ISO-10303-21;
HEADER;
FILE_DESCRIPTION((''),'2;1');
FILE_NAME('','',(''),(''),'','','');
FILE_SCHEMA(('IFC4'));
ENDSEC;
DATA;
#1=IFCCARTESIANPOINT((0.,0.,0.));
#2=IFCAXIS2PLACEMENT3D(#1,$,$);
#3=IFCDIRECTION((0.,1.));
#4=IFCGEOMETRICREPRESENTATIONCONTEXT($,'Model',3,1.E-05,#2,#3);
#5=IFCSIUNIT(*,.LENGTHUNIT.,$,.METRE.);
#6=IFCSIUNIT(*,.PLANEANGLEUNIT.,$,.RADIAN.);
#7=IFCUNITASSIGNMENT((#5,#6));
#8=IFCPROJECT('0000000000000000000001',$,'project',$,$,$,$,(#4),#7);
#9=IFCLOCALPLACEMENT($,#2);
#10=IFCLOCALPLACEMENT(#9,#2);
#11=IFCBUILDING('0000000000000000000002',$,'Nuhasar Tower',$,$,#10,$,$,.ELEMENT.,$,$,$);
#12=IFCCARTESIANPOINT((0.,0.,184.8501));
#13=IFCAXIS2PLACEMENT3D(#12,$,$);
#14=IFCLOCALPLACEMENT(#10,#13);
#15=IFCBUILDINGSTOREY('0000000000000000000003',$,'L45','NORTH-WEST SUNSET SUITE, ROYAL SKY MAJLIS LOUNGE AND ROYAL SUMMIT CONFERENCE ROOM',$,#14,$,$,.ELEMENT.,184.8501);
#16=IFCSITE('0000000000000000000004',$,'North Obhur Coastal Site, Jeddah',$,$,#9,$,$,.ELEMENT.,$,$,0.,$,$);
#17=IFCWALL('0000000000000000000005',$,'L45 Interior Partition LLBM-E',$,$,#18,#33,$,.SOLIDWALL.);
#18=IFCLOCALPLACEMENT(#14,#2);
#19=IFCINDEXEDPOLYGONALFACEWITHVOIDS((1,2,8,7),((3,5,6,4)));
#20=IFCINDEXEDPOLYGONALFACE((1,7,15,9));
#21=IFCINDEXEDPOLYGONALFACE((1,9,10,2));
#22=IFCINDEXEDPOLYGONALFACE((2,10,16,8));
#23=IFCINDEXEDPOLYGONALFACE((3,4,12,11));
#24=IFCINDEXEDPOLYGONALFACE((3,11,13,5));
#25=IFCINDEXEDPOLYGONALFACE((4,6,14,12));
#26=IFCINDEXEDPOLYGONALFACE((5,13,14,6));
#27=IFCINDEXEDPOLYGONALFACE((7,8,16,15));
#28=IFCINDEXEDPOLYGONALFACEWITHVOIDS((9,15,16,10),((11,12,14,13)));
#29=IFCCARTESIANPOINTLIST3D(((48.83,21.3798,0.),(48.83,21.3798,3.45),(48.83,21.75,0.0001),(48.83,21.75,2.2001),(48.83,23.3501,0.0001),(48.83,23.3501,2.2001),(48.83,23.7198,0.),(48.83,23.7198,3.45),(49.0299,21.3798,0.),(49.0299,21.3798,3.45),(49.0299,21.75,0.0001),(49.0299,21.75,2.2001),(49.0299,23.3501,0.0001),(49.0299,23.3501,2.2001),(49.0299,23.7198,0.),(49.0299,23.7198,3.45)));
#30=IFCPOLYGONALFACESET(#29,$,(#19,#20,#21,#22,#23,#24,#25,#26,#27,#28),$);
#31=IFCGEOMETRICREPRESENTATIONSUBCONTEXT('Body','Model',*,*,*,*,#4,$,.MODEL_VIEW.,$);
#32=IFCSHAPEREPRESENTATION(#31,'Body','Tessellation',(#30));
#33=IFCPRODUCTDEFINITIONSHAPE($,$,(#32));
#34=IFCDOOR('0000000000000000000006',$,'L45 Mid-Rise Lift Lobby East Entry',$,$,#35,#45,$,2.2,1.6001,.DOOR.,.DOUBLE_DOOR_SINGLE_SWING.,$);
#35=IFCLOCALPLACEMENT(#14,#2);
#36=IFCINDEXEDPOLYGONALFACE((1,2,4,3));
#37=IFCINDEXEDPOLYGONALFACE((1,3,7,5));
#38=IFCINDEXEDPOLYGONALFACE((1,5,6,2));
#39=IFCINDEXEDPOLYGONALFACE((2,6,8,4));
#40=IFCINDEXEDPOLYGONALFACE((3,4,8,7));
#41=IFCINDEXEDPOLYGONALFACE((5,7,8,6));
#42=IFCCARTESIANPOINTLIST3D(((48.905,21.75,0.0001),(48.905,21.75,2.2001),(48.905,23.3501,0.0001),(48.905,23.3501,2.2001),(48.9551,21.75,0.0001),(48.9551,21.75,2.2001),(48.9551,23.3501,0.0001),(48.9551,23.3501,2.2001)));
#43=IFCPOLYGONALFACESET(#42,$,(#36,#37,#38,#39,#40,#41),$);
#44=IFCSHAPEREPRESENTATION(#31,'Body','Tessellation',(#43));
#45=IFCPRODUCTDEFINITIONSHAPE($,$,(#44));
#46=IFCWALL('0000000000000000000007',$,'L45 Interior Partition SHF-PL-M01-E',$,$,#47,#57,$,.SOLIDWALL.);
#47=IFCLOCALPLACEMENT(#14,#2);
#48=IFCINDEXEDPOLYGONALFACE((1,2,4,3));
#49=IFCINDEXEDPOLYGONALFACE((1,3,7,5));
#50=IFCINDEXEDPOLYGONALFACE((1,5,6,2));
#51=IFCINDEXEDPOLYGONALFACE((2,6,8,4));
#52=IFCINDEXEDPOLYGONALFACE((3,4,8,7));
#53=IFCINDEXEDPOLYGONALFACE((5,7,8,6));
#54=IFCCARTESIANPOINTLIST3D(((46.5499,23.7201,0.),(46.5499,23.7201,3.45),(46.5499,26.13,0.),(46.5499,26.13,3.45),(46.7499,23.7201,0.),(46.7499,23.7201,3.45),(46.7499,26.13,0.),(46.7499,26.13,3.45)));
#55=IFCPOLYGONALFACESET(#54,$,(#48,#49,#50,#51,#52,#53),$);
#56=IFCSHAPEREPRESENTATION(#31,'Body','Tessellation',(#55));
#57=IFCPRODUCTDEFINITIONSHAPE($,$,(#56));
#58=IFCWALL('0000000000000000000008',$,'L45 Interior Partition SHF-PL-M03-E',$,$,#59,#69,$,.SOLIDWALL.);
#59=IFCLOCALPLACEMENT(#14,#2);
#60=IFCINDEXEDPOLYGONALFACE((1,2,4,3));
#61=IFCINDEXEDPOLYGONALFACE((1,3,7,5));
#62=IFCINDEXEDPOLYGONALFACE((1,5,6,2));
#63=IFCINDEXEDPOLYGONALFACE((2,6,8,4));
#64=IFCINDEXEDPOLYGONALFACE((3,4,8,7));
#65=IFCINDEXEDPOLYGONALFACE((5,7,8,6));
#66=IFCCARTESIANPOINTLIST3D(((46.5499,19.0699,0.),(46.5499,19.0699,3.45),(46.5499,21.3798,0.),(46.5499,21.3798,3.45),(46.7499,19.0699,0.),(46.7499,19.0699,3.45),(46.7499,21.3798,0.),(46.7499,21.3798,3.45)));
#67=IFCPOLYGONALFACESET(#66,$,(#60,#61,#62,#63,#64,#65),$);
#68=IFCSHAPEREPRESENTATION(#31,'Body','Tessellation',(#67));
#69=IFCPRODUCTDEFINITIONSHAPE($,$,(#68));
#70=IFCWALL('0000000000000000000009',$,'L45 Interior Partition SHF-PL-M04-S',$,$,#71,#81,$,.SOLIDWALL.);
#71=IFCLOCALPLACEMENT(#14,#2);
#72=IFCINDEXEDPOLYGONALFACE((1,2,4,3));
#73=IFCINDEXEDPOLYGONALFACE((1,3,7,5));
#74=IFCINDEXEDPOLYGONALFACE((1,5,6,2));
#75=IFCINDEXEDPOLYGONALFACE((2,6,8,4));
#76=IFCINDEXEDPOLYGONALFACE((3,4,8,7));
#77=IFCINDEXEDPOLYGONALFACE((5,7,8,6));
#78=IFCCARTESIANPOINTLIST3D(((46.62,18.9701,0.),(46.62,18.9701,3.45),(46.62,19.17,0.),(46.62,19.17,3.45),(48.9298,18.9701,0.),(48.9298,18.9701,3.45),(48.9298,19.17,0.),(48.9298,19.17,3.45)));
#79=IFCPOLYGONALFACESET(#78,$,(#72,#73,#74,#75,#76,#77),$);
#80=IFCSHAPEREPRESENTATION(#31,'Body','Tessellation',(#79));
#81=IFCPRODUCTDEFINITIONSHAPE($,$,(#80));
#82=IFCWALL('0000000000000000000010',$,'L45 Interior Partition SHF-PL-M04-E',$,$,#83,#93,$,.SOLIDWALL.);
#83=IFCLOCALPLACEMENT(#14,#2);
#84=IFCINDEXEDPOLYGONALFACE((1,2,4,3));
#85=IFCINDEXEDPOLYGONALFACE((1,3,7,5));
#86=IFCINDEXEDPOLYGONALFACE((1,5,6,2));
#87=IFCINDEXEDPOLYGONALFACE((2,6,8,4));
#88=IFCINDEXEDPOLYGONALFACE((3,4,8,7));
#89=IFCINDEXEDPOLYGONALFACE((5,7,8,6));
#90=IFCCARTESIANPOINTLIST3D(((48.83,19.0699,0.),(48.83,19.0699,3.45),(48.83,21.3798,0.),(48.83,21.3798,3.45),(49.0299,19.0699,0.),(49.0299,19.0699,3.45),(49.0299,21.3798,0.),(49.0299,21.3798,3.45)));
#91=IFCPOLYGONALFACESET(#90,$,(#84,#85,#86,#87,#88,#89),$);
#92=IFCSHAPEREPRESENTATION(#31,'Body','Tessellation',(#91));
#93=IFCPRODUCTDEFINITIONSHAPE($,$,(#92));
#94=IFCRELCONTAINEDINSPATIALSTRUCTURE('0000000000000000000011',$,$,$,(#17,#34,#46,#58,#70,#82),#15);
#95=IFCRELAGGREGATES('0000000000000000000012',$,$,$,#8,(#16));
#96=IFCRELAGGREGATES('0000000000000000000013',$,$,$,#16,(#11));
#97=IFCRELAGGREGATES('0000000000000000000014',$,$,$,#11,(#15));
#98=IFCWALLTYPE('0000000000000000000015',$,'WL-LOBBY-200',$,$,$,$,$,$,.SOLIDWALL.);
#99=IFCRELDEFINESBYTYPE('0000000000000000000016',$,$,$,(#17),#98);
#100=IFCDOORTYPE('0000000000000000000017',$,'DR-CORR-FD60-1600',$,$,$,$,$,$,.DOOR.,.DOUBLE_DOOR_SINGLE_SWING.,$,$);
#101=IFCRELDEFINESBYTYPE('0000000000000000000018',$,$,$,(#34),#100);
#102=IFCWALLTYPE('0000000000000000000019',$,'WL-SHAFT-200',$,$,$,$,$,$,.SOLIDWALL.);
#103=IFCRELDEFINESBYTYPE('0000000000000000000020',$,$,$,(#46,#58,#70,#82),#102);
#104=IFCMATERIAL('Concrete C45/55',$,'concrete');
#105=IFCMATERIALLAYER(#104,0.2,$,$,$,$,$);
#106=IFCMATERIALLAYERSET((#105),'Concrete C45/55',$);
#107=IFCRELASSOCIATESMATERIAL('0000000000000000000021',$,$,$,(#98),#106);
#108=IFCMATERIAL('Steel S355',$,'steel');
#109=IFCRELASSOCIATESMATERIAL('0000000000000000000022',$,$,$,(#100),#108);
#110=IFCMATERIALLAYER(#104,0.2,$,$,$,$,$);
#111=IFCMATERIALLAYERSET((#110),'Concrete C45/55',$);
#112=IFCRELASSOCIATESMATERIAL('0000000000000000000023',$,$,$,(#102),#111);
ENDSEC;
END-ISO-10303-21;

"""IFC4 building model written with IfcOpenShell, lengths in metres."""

from ifc_helpers import new_model, si_unit, direction, frame, frame_2d, origin, place, context, subcontext, project, spatial, rectangle, extrude, material, layer, layer_set, type_object, element, fill, save


model = new_model("IFC4")

# Units and contexts
model_context = context("Model", 3, precision=1e-05, world=origin(), true_north=direction((0.0, 1.0)))
body_context = subcontext(model_context, "Body", "Model", "MODEL_VIEW")
ifc_project = project(units=[si_unit("LENGTHUNIT", "METRE"), si_unit("PLANEANGLEUNIT", "RADIAN")], contexts=[model_context])

# Site, building, storey
site_placement = place(None, origin())
site = spatial("IfcSite", under=ifc_project, at=site_placement, Name="North Obhur Coastal Site, Jeddah", CompositionType="ELEMENT", RefElevation=0.0)
building_placement = place(site_placement, origin())
building = spatial("IfcBuilding", under=site, at=building_placement, Name="Nuhasar Tower", CompositionType="ELEMENT")
storey_placement = place(building_placement, frame((0.0, 0.0, 184.8501)))
storey = spatial("IfcBuildingStorey", under=building, at=storey_placement, Name="L45", Description="NORTH-WEST SUNSET SUITE, ROYAL SKY MAJLIS LOUNGE AND ROYAL SUMMIT CONFERENCE ROOM", CompositionType="ELEMENT", Elevation=184.8501)

# Shared definitions
ifc_material_1 = material(Name="Steel S355", Category="steel")

# Wall, opening, door
ifc_material_2 = material(Name="Concrete C45/55", Category="concrete")
ifc_layer_1 = layer(ifc_material_2, 0.2)
ifc_layer_set_1 = layer_set([ifc_layer_1], Name="Concrete C45/55")
wall_type_1 = type_object("IfcWallType", Name="WL-LOBBY-200", PredefinedType="SOLIDWALL", material=ifc_layer_set_1)
wall_1_placement = place(storey_placement, frame((48.9299, 21.3799, 0.0), z_axis=(0.0, 0.0, 1.0), x_axis=(0.0, 1.0, 0.0)))
wall_1 = element("IfcWall", 1, at=wall_1_placement, inside=storey, type_object=wall_type_1, Name="L45 Interior Partition LLBM-E", PredefinedType="SOLIDWALL", context=body_context, shape_type="SweptSolid", body=[
    extrude(rectangle(XDim=2.3401, YDim=0.2, at=frame_2d((1.1699, 0.0))), origin(), (0.0, 0.0, 1.0), 3.45),
])
opening_1_placement = place(wall_1_placement, frame((0.3701, 0.0, 0.0)))
opening_1 = element("IfcOpeningElement", 2, at=opening_1_placement, cuts=wall_1, PredefinedType="OPENING", context=body_context, shape_type="SweptSolid", body=[
    extrude(rectangle(XDim=1.6001, YDim=2.2, at=frame_2d((0.8, 1.1001))), frame((0.0, 0.1099, 0.0), z_axis=(0.0, -1.0, 0.0), x_axis=(1.0, 0.0, 0.0)), (0.0, 0.0, 1.0), 0.22),
])
door_type_1 = type_object("IfcDoorType", Name="DR-CORR-FD60-1600", OperationType="DOUBLE_DOOR_SINGLE_SWING", PredefinedType="DOOR", material=ifc_material_1)
door_1_placement = place(opening_1_placement, origin())
door_1 = element("IfcDoor", 3, at=door_1_placement, inside=storey, type_object=door_type_1, Name="L45 Mid-Rise Lift Lobby East Entry", OperationType="DOUBLE_DOOR_SINGLE_SWING", OverallHeight=2.2, OverallWidth=1.6001, PredefinedType="DOOR", context=body_context, shape_type="SweptSolid", body=[
    extrude(rectangle(XDim=1.6001, YDim=2.2, at=frame_2d((0.8, 1.1001))), frame((0.0, 0.0249, 0.0), z_axis=(0.0, -1.0, 0.0), x_axis=(1.0, 0.0, 0.0)), (0.0, 0.0, 1.0), 0.05),
])
fill(opening_1, door_1)

# Wall
ifc_layer_2 = layer(ifc_material_2, 0.2)
ifc_layer_set_2 = layer_set([ifc_layer_2], Name="Concrete C45/55")
wall_type_2 = type_object("IfcWallType", Name="WL-SHAFT-200", PredefinedType="SOLIDWALL", material=ifc_layer_set_2)
wall_2_placement = place(storey_placement, frame((46.6499, 23.72, 0.0), z_axis=(0.0, 0.0, 1.0), x_axis=(0.0, 1.0, 0.0)))
element("IfcWall", 4, at=wall_2_placement, inside=storey, type_object=wall_type_2, Name="L45 Interior Partition SHF-PL-M01-E", PredefinedType="SOLIDWALL", context=body_context, shape_type="SweptSolid", body=[
    extrude(rectangle(XDim=2.4099, YDim=0.2, at=frame_2d((1.2051, 0.0))), origin(), (0.0, 0.0, 1.0), 3.45),
])

# Walls
for number, where, z_axis, x_axis, name in (
    (5, (46.6499, 19.0701, 0.0), (0.0, 0.0, 1.0), (0.0, 1.0, 0.0), "L45 Interior Partition SHF-PL-M03-E"),
    (6, (46.6201, 19.0701, 0.0), (0.0, 0.0, 1.0), (1.0, 0.0, 0.0), "L45 Interior Partition SHF-PL-M04-S"),
):
    element("IfcWall", number, at=place(storey_placement, frame(where, z_axis=z_axis, x_axis=x_axis)), inside=storey, type_object=wall_type_2, Name=name, PredefinedType="SOLIDWALL", context=body_context, shape_type="SweptSolid", body=[
        extrude(rectangle(XDim=2.3098, YDim=0.2, at=frame_2d((1.1548, 0.0))), origin(), (0.0, 0.0, 1.0), 3.45),
    ])

# Wall
wall_3_placement = place(storey_placement, frame((48.9299, 19.0701, 0.0), z_axis=(0.0, 0.0, 1.0), x_axis=(0.0, 1.0, 0.0)))
element("IfcWall", 7, at=wall_3_placement, inside=storey, type_object=wall_type_2, Name="L45 Interior Partition SHF-PL-M04-E", PredefinedType="SOLIDWALL", context=body_context, shape_type="SweptSolid", body=[
    extrude(rectangle(XDim=2.3098, YDim=0.2, at=frame_2d((1.1548, 0.0))), origin(), (0.0, 0.0, 1.0), 3.45),
])

save(model, "model.ifc")
